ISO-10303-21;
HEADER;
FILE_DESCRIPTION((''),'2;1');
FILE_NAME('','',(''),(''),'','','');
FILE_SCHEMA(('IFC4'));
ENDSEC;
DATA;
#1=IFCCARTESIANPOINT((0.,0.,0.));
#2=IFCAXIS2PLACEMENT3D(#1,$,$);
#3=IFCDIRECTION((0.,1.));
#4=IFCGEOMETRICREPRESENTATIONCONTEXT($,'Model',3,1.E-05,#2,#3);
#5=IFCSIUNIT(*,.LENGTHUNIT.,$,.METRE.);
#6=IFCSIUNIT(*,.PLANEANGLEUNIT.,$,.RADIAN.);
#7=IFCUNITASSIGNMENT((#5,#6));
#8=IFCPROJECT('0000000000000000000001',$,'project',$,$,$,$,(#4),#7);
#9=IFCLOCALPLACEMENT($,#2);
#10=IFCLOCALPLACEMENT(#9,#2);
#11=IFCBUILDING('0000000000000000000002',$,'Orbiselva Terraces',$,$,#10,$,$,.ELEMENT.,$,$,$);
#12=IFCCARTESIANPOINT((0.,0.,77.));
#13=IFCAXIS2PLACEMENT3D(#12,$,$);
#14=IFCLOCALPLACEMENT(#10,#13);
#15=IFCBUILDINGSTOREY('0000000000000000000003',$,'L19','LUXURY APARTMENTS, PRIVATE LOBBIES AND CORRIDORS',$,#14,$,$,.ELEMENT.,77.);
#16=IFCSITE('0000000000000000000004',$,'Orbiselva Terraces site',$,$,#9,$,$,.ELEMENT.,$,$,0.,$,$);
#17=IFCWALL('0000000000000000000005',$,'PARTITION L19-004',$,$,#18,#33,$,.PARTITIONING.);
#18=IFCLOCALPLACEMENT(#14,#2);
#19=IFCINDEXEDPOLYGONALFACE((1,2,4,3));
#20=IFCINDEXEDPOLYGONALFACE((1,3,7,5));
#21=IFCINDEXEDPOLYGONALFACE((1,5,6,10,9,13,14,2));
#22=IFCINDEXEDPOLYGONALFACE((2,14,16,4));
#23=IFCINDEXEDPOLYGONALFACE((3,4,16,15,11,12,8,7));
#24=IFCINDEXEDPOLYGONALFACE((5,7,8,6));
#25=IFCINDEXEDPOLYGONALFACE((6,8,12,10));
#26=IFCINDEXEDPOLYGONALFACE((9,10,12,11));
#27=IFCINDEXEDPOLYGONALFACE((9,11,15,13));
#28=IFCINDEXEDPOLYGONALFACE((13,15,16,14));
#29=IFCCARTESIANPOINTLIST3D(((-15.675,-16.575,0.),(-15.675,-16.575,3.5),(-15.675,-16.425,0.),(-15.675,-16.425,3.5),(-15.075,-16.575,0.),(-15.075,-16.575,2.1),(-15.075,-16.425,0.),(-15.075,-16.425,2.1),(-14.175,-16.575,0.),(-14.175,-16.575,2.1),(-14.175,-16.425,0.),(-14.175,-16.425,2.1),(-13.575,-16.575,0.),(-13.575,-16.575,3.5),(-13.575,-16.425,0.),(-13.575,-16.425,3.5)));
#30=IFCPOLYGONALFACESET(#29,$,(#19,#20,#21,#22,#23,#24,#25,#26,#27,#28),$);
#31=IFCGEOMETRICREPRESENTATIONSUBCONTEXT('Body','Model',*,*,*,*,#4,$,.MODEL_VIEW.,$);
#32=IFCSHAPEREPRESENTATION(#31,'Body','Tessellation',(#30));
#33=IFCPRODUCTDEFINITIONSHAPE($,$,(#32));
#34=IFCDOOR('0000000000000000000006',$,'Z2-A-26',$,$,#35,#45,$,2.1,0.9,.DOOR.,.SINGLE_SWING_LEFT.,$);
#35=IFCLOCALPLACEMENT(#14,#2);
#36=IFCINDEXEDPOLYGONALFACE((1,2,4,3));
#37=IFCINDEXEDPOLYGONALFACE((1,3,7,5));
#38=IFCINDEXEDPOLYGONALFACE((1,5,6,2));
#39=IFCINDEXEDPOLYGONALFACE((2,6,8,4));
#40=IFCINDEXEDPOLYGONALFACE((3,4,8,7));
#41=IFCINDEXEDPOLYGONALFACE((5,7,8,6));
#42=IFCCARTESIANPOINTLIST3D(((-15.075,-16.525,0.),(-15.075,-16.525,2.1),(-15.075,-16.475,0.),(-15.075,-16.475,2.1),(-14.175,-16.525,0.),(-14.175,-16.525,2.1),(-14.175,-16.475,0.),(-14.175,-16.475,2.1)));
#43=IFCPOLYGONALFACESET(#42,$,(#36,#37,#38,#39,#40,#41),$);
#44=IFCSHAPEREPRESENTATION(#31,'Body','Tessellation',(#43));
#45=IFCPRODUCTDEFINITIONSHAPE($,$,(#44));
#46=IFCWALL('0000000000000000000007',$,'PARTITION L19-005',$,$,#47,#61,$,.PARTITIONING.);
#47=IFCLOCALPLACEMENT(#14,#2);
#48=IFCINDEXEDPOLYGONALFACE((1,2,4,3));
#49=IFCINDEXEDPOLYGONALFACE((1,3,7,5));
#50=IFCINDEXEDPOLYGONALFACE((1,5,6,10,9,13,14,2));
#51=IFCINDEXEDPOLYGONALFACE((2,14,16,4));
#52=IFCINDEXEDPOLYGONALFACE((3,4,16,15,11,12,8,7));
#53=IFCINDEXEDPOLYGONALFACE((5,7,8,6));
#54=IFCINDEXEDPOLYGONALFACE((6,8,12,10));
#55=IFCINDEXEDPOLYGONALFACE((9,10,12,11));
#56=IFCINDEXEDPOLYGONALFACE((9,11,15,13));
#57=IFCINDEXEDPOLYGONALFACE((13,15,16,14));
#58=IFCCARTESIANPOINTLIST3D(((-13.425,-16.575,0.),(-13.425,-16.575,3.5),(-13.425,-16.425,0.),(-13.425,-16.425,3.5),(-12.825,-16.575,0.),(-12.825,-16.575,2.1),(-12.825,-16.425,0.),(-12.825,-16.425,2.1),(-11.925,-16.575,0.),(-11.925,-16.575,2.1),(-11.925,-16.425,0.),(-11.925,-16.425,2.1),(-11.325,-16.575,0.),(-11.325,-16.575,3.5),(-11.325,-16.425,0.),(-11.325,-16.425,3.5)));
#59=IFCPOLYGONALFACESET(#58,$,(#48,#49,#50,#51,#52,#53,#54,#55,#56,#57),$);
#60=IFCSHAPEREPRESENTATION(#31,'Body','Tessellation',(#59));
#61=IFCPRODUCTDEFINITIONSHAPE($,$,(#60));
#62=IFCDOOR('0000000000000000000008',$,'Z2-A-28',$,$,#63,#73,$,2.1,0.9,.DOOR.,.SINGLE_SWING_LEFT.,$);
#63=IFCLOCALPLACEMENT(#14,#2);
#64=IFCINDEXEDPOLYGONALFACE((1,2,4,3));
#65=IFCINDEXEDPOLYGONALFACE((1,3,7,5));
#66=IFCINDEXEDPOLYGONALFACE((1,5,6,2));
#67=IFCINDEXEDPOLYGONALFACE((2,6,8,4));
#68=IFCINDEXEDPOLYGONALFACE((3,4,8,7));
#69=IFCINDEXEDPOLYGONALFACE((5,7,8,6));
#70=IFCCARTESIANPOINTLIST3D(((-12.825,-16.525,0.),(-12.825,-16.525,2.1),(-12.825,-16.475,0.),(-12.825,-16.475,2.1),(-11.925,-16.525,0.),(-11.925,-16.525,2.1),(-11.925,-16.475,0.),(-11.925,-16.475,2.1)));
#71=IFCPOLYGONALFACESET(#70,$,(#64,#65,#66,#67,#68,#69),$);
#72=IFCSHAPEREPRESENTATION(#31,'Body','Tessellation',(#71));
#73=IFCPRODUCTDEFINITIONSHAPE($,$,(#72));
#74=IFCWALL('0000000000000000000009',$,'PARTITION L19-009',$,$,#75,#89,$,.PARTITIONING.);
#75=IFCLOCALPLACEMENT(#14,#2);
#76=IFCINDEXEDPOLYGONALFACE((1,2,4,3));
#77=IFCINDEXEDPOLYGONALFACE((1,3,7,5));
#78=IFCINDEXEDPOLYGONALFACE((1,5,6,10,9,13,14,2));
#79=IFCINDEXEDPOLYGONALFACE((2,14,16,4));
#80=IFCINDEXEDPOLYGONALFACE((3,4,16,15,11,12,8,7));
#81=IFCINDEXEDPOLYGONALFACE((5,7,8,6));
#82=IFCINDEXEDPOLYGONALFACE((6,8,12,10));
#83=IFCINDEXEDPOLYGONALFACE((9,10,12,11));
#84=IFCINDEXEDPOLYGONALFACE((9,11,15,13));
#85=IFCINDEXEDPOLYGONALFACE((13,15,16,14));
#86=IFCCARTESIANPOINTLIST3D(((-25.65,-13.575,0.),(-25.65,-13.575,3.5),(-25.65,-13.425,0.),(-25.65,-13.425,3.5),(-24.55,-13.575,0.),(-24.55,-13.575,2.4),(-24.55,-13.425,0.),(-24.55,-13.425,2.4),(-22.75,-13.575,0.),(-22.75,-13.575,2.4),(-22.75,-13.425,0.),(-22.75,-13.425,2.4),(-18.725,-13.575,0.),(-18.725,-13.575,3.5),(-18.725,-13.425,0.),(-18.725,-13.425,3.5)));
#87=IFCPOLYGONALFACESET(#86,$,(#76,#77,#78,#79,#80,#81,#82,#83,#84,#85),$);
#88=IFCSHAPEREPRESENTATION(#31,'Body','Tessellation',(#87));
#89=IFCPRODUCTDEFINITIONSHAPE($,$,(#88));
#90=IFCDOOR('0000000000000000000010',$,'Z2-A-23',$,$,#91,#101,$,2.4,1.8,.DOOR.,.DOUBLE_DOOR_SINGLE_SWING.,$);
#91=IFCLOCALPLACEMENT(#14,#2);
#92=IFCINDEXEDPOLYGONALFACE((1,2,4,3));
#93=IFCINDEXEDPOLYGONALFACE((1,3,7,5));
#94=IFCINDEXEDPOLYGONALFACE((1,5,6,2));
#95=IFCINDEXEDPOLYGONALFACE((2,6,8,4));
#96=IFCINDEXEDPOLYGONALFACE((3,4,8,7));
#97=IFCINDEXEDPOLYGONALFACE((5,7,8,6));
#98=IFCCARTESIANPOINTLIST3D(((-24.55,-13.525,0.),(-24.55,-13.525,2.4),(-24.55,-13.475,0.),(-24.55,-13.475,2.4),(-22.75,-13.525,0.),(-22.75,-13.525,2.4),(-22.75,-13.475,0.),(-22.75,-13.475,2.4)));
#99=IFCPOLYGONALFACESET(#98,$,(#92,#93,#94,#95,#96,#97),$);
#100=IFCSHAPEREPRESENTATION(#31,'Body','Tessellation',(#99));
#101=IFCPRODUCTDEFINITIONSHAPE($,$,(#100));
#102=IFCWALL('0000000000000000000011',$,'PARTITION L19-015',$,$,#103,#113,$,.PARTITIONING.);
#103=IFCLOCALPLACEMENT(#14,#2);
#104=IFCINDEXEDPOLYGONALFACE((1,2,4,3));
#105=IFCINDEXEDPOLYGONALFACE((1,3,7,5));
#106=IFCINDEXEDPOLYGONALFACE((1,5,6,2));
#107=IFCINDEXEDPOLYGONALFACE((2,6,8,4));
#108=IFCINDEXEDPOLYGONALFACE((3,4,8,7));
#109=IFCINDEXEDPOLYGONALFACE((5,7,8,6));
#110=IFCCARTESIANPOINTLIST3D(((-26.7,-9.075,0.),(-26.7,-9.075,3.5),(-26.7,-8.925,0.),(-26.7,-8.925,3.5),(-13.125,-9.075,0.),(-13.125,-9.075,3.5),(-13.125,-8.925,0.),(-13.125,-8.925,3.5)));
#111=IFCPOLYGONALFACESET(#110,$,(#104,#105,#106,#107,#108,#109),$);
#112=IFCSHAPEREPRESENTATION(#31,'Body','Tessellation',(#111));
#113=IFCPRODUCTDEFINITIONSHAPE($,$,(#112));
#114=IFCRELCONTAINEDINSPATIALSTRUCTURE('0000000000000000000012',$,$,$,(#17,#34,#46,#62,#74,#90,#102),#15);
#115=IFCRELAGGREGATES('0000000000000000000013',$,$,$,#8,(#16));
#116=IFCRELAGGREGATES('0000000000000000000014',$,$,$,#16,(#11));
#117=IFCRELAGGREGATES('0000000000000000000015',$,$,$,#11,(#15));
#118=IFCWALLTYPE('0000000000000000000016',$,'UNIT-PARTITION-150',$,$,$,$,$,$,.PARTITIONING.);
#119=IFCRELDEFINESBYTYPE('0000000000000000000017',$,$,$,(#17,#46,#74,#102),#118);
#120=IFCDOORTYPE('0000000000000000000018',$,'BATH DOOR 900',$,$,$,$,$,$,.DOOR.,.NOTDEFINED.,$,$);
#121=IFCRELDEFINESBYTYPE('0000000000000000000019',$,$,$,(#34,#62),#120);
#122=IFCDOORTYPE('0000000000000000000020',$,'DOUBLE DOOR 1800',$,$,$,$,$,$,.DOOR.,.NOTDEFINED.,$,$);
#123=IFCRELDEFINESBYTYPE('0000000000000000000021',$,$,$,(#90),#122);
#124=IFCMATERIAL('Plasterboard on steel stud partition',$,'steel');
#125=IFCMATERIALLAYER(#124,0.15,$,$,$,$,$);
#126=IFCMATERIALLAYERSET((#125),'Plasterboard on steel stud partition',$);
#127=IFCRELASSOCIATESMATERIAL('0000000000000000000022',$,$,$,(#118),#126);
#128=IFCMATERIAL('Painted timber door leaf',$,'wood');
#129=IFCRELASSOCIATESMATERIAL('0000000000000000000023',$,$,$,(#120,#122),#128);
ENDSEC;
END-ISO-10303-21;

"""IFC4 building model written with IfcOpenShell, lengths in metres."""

from ifc_helpers import new_model, si_unit, direction, frame, frame_2d, origin, place, context, subcontext, project, spatial, rectangle, extrude, material, layer, layer_set, type_object, element, fill, save


model = new_model("IFC4")

# Units and contexts
model_context = context("Model", 3, precision=1e-05, world=origin(), true_north=direction((0.0, 1.0)))
body_context = subcontext(model_context, "Body", "Model", "MODEL_VIEW")
ifc_project = project(units=[si_unit("LENGTHUNIT", "METRE"), si_unit("PLANEANGLEUNIT", "RADIAN")], contexts=[model_context])

# Site, building, storey
site_placement = place(None, origin())
site = spatial("IfcSite", under=ifc_project, at=site_placement, Name="Orbiselva Terraces site", CompositionType="ELEMENT", RefElevation=0.0)
building_placement = place(site_placement, origin())
building = spatial("IfcBuilding", under=site, at=building_placement, Name="Orbiselva Terraces", CompositionType="ELEMENT")
storey_placement = place(building_placement, frame((0.0, 0.0, 77.0)))
storey = spatial("IfcBuildingStorey", under=building, at=storey_placement, Name="L19", Description="LUXURY APARTMENTS, PRIVATE LOBBIES AND CORRIDORS", CompositionType="ELEMENT", Elevation=77.0)

# Shared definitions
ifc_material_1 = material(Name="Plasterboard on steel stud partition", Category="steel")

# Walls, openings, doors
ifc_layer_1 = layer(ifc_material_1, 0.15)
ifc_layer_set_1 = layer_set([ifc_layer_1], Name="Plasterboard on steel stud partition")
wall_type_1 = type_object("IfcWallType", Name="UNIT-PARTITION-150", PredefinedType="PARTITIONING", material=ifc_layer_set_1)
wall_1_placement = place(storey_placement, frame((-15.675, -16.5, 0.0), z_axis=(0.0, 0.0, 1.0), x_axis=(1.0, 0.0, 0.0)))
wall_1 = element("IfcWall", 1, at=wall_1_placement, inside=storey, type_object=wall_type_1, Name="PARTITION L19-004", PredefinedType="PARTITIONING", context=body_context, shape_type="SweptSolid", body=[
    extrude(rectangle(XDim=2.1, YDim=0.15, at=frame_2d((1.05, 0.0))), origin(), (0.0, 0.0, 1.0), 3.5),
])
opening_1_placement = place(wall_1_placement, frame((0.6, 0.0, 0.0)))
opening_1 = element("IfcOpeningElement", 2, at=opening_1_placement, cuts=wall_1, PredefinedType="OPENING", context=body_context, shape_type="SweptSolid", body=[
    extrude(rectangle(XDim=0.9, YDim=2.1, at=frame_2d((0.45, 1.05))), frame((0.0, 0.085, 0.0), z_axis=(0.0, -1.0, 0.0), x_axis=(1.0, 0.0, 0.0)), (0.0, 0.0, 1.0), 0.17),
])
ifc_material_2 = material(Name="Painted timber door leaf", Category="wood")
door_type_1 = type_object("IfcDoorType", Name="BATH DOOR 900", OperationType="NOTDEFINED", PredefinedType="DOOR", material=ifc_material_2)
door_1_placement = place(opening_1_placement, origin())
door_1 = element("IfcDoor", 3, at=door_1_placement, inside=storey, type_object=door_type_1, Name="Z2-A-26", OperationType="SINGLE_SWING_LEFT", OverallHeight=2.1, OverallWidth=0.9, PredefinedType="DOOR", context=body_context, shape_type="SweptSolid", body=[
    extrude(rectangle(XDim=0.9, YDim=2.1, at=frame_2d((0.45, 1.05))), frame((0.0, 0.025, 0.0), z_axis=(0.0, -1.0, 0.0), x_axis=(1.0, 0.0, 0.0)), (0.0, 0.0, 1.0), 0.05),
])
fill(opening_1, door_1)
wall_2_placement = place(storey_placement, frame((-13.425, -16.5, 0.0), z_axis=(0.0, 0.0, 1.0), x_axis=(1.0, 0.0, 0.0)))
wall_2 = element("IfcWall", 4, at=wall_2_placement, inside=storey, type_object=wall_type_1, Name="PARTITION L19-005", PredefinedType="PARTITIONING", context=body_context, shape_type="SweptSolid", body=[
    extrude(rectangle(XDim=2.1, YDim=0.15, at=frame_2d((1.05, 0.0))), origin(), (0.0, 0.0, 1.0), 3.5),
])
opening_2_placement = place(wall_2_placement, frame((0.6, 0.0, 0.0)))
opening_2 = element("IfcOpeningElement", 5, at=opening_2_placement, cuts=wall_2, PredefinedType="OPENING", context=body_context, shape_type="SweptSolid", body=[
    extrude(rectangle(XDim=0.9, YDim=2.1, at=frame_2d((0.45, 1.05))), frame((0.0, 0.085, 0.0), z_axis=(0.0, -1.0, 0.0), x_axis=(1.0, 0.0, 0.0)), (0.0, 0.0, 1.0), 0.17),
])
door_2_placement = place(opening_2_placement, origin())
door_2 = element("IfcDoor", 6, at=door_2_placement, inside=storey, type_object=door_type_1, Name="Z2-A-28", OperationType="SINGLE_SWING_LEFT", OverallHeight=2.1, OverallWidth=0.9, PredefinedType="DOOR", context=body_context, shape_type="SweptSolid", body=[
    extrude(rectangle(XDim=0.9, YDim=2.1, at=frame_2d((0.45, 1.05))), frame((0.0, 0.025, 0.0), z_axis=(0.0, -1.0, 0.0), x_axis=(1.0, 0.0, 0.0)), (0.0, 0.0, 1.0), 0.05),
])
fill(opening_2, door_2)
wall_3_placement = place(storey_placement, frame((-18.725, -13.5, 0.0), z_axis=(0.0, 0.0, 1.0), x_axis=(-1.0, 0.0, 0.0)))
wall_3 = element("IfcWall", 7, at=wall_3_placement, inside=storey, type_object=wall_type_1, Name="PARTITION L19-009", PredefinedType="PARTITIONING", context=body_context, shape_type="SweptSolid", body=[
    extrude(rectangle(XDim=6.925, YDim=0.15, at=frame_2d((3.4625, 0.0))), origin(), (0.0, 0.0, 1.0), 3.5),
])
opening_3_placement = place(wall_3_placement, frame((4.025, 0.0, 0.0)))
opening_3 = element("IfcOpeningElement", 8, at=opening_3_placement, cuts=wall_3, PredefinedType="OPENING", context=body_context, shape_type="SweptSolid", body=[
    extrude(rectangle(XDim=1.8, YDim=2.4, at=frame_2d((0.9, 1.2))), frame((0.0, 0.085, 0.0), z_axis=(0.0, -1.0, 0.0), x_axis=(1.0, 0.0, 0.0)), (0.0, 0.0, 1.0), 0.17),
])
door_type_2 = type_object("IfcDoorType", Name="DOUBLE DOOR 1800", OperationType="NOTDEFINED", PredefinedType="DOOR", material=ifc_material_2)
door_3_placement = place(opening_3_placement, origin())
door_3 = element("IfcDoor", 9, at=door_3_placement, inside=storey, type_object=door_type_2, Name="Z2-A-23", OperationType="DOUBLE_DOOR_SINGLE_SWING", OverallHeight=2.4, OverallWidth=1.8, PredefinedType="DOOR", context=body_context, shape_type="SweptSolid", body=[
    extrude(rectangle(XDim=1.8, YDim=2.4, at=frame_2d((0.9, 1.2))), frame((0.0, 0.025, 0.0), z_axis=(0.0, -1.0, 0.0), x_axis=(1.0, 0.0, 0.0)), (0.0, 0.0, 1.0), 0.05),
])
fill(opening_3, door_3)

# Wall
wall_4_placement = place(storey_placement, frame((-26.7, -9.0, 0.0), z_axis=(0.0, 0.0, 1.0), x_axis=(1.0, 0.0, 0.0)))
element("IfcWall", 10, at=wall_4_placement, inside=storey, type_object=wall_type_1, Name="PARTITION L19-015", PredefinedType="PARTITIONING", context=body_context, shape_type="SweptSolid", body=[
    extrude(rectangle(XDim=13.575, YDim=0.15, at=frame_2d((6.7875, 0.0))), origin(), (0.0, 0.0, 1.0), 3.5),
])

save(model, "model.ifc")
